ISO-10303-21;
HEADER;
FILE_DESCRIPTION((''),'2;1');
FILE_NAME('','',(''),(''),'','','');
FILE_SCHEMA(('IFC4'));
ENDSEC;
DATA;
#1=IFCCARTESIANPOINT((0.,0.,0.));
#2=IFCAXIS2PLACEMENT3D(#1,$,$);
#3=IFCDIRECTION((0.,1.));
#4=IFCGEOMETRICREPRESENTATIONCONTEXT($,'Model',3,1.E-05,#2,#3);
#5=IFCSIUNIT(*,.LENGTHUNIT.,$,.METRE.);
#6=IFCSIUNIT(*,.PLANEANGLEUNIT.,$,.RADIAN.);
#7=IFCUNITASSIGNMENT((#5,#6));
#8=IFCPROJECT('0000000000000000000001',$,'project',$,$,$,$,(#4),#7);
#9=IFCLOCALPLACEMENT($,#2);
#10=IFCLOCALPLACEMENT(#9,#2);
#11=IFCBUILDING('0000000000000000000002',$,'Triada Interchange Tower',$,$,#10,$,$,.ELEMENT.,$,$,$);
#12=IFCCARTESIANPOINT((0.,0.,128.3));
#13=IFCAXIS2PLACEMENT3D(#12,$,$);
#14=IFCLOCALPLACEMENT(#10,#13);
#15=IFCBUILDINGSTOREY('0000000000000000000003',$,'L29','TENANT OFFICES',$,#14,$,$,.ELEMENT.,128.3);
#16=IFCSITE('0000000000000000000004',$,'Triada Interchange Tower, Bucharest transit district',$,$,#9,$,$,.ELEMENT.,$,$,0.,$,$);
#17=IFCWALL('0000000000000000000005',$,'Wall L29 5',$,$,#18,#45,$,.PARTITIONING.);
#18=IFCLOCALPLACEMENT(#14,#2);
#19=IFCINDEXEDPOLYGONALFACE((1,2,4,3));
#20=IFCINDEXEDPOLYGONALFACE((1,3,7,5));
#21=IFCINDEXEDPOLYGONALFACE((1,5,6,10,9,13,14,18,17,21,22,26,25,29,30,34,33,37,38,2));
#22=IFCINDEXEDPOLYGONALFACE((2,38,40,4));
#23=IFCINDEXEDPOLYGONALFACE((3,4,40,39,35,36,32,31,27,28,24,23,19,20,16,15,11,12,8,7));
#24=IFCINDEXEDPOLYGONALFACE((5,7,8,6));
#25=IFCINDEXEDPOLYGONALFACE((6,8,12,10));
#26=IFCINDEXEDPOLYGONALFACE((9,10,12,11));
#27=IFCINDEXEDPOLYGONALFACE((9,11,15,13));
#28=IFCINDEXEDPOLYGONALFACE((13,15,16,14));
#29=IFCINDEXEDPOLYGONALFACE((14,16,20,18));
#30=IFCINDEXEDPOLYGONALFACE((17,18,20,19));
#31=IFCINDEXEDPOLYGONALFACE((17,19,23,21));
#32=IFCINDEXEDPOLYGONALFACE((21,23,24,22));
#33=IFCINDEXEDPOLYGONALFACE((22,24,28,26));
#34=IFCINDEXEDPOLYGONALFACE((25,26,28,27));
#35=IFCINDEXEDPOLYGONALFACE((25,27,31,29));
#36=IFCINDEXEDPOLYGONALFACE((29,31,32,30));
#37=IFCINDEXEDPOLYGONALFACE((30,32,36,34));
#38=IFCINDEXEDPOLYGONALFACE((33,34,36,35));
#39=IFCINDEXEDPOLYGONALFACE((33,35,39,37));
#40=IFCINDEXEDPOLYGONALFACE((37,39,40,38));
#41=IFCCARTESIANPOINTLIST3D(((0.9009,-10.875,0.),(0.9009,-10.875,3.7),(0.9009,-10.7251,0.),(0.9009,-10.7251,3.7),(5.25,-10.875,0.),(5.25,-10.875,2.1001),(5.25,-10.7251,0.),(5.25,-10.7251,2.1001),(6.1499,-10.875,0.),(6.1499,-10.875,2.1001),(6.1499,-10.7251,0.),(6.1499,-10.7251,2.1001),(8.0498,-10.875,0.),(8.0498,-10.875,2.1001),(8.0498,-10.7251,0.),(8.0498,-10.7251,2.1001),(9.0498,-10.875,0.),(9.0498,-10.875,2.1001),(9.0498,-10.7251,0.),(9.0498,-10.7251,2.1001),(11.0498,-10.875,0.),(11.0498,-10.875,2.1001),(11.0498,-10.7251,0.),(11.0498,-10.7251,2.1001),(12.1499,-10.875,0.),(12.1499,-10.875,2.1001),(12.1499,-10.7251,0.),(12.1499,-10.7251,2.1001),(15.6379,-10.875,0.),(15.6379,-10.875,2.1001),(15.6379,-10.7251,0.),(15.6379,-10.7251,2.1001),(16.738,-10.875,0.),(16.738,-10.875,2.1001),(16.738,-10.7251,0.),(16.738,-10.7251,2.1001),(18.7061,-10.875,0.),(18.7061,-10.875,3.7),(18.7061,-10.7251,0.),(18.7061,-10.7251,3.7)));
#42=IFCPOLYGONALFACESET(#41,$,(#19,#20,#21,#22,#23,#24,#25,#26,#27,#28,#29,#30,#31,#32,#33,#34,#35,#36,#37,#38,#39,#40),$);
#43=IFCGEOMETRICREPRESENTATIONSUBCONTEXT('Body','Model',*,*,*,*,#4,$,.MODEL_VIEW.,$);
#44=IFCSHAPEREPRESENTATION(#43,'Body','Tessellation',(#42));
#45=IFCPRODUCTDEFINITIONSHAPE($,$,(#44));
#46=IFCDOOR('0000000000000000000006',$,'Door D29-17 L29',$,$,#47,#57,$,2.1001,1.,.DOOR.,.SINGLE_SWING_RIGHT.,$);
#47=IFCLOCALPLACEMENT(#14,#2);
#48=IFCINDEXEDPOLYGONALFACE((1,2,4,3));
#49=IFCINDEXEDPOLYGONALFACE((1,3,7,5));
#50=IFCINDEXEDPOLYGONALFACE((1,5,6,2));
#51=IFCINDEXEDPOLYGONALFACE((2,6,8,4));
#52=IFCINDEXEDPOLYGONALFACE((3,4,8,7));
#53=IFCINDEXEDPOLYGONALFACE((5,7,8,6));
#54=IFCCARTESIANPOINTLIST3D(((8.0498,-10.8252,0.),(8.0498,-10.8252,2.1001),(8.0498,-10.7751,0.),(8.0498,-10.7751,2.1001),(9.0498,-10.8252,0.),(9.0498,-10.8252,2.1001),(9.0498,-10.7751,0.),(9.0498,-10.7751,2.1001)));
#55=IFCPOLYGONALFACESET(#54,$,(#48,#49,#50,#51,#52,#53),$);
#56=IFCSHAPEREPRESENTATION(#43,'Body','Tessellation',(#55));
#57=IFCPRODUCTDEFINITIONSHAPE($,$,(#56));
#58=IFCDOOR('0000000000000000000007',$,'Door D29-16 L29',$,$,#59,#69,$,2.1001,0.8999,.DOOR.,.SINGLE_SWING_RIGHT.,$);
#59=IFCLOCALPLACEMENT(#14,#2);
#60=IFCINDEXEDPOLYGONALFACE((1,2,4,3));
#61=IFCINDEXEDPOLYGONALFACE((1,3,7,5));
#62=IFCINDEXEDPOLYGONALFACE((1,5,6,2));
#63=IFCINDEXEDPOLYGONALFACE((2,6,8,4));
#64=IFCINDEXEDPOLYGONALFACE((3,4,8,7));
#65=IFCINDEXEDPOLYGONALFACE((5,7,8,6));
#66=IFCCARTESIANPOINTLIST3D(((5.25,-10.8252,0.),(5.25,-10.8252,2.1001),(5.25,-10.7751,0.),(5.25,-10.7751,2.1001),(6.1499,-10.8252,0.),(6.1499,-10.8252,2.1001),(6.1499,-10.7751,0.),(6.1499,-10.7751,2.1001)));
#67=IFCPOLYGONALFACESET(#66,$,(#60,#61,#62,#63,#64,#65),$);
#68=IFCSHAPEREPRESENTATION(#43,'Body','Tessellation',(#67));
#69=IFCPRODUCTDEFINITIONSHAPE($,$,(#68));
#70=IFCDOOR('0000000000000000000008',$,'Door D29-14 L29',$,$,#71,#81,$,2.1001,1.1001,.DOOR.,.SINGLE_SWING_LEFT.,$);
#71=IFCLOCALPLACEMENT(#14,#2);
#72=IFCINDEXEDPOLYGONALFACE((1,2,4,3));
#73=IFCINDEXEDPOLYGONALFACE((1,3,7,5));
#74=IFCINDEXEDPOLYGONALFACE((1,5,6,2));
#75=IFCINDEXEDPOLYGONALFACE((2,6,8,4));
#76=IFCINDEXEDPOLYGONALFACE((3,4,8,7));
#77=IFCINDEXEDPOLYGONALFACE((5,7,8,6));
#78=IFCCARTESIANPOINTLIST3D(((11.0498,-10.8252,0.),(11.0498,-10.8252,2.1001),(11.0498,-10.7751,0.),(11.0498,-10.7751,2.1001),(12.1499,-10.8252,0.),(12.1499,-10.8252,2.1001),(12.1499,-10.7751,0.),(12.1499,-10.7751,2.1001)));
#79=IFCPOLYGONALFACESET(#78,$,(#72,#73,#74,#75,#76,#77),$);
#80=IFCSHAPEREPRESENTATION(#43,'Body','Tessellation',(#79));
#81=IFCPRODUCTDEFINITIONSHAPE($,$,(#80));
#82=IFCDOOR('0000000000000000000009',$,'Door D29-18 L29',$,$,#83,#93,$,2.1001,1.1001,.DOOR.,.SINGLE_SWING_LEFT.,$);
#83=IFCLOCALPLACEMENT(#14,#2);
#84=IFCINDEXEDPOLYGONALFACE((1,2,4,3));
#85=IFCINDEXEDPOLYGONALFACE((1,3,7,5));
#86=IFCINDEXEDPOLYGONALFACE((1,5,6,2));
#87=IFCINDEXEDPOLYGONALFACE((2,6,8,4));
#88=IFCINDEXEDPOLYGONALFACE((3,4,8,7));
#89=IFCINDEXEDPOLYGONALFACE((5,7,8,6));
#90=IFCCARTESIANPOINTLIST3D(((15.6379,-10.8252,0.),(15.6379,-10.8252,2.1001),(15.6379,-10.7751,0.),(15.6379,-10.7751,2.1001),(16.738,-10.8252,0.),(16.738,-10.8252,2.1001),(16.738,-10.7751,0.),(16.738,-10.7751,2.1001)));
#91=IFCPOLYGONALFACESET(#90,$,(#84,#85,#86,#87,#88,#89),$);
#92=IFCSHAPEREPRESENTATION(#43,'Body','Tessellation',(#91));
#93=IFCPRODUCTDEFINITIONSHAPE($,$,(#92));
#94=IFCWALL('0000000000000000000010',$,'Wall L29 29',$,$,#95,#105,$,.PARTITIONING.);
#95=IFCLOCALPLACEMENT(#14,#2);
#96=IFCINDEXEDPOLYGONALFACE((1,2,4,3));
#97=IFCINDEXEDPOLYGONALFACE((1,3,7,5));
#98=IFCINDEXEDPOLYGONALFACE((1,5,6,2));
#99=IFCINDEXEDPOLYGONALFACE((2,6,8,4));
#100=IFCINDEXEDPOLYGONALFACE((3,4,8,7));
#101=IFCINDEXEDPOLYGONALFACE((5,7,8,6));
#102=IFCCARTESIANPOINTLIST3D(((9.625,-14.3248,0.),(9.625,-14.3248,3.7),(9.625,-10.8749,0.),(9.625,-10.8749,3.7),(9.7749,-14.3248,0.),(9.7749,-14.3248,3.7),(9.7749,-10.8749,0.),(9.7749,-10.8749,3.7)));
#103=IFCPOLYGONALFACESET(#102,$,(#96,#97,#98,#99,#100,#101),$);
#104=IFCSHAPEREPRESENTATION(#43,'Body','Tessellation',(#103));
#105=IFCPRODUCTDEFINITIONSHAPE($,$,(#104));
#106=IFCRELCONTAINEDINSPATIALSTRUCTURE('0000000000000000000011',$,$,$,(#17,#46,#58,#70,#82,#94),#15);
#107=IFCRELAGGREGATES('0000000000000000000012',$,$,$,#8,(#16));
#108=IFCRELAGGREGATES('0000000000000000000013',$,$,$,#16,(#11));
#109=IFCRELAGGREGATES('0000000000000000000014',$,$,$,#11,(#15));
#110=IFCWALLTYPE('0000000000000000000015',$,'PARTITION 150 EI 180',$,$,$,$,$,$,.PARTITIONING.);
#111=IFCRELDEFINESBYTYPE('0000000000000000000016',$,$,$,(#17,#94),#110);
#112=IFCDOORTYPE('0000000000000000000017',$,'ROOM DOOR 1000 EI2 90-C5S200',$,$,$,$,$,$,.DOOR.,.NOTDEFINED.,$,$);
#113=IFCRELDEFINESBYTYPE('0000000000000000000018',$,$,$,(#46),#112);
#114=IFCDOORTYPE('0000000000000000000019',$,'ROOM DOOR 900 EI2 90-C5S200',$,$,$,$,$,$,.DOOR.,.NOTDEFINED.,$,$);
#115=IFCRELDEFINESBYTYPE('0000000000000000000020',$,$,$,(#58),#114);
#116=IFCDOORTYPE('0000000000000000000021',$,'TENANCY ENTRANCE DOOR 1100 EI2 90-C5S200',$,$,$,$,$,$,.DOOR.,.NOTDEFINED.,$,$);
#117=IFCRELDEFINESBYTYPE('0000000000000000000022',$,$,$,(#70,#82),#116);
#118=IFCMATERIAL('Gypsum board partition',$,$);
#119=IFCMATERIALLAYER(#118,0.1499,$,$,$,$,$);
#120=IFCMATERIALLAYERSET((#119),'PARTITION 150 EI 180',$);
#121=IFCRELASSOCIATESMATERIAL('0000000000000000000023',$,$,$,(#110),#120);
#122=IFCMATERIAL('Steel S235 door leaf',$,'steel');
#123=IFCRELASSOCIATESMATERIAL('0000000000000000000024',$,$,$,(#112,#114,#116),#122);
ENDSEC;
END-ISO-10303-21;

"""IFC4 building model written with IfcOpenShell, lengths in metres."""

from ifc_helpers import new_model, si_unit, direction, frame, frame_2d, origin, place, context, subcontext, project, spatial, rectangle, extrude, material, layer, layer_set, type_object, element, fill, save


model = new_model("IFC4")

# Units and contexts
model_context = context("Model", 3, precision=1e-05, world=origin(), true_north=direction((0.0, 1.0)))
body_context = subcontext(model_context, "Body", "Model", "MODEL_VIEW")
ifc_project = project(units=[si_unit("LENGTHUNIT", "METRE"), si_unit("PLANEANGLEUNIT", "RADIAN")], contexts=[model_context])

# Site, building, storey
site_placement = place(None, origin())
site = spatial("IfcSite", under=ifc_project, at=site_placement, Name="Triada Interchange Tower, Bucharest transit district", CompositionType="ELEMENT", RefElevation=0.0)
building_placement = place(site_placement, origin())
building = spatial("IfcBuilding", under=site, at=building_placement, Name="Triada Interchange Tower", CompositionType="ELEMENT")
storey_placement = place(building_placement, frame((0.0, 0.0, 128.3)))
storey = spatial("IfcBuildingStorey", under=building, at=storey_placement, Name="L29", Description="TENANT OFFICES", CompositionType="ELEMENT", Elevation=128.3)

# Shared definitions
ifc_material_1 = material(Name="Steel S235 door leaf", Category="steel")

# Wall, openings, doors
ifc_material_2 = material(Name="Gypsum board partition")
ifc_layer_1 = layer(ifc_material_2, 0.1499)
ifc_layer_set_1 = layer_set([ifc_layer_1], Name="PARTITION 150 EI 180")
wall_type_1 = type_object("IfcWallType", Name="PARTITION 150 EI 180", PredefinedType="PARTITIONING", material=ifc_layer_set_1)
wall_1_placement = place(storey_placement, frame((0.9009, -10.8, 0.0), z_axis=(0.0, 0.0, 1.0), x_axis=(1.0, 0.0, 0.0)))
wall_1 = element("IfcWall", 1, at=wall_1_placement, inside=storey, type_object=wall_type_1, Name="Wall L29 5", PredefinedType="PARTITIONING", context=body_context, shape_type="SweptSolid", body=[
    extrude(rectangle(XDim=17.8052, YDim=0.1499, at=frame_2d((8.9026, 0.0))), origin(), (0.0, 0.0, 1.0), 3.7),
])
opening_1_placement = place(wall_1_placement, frame((10.1489, 0.0, 0.0)))
opening_1 = element("IfcOpeningElement", 2, at=opening_1_placement, cuts=wall_1, PredefinedType="OPENING", context=body_context, shape_type="SweptSolid", body=[
    extrude(rectangle(XDim=1.1001, YDim=2.1001, at=frame_2d((0.55, 1.05))), frame((0.0, 0.085, 0.0), z_axis=(0.0, -1.0, 0.0), x_axis=(1.0, 0.0, 0.0)), (0.0, 0.0, 1.0), 0.1699),
])
opening_2_placement = place(wall_1_placement, frame((4.3491, 0.0, 0.0)))
opening_2 = element("IfcOpeningElement", 3, at=opening_2_placement, cuts=wall_1, PredefinedType="OPENING", context=body_context, shape_type="SweptSolid", body=[
    extrude(rectangle(XDim=0.8999, YDim=2.1001, at=frame_2d((0.45, 1.05))), frame((0.0, 0.085, 0.0), z_axis=(0.0, -1.0, 0.0), x_axis=(1.0, 0.0, 0.0)), (0.0, 0.0, 1.0), 0.1699),
])
opening_3_placement = place(wall_1_placement, frame((7.1489, 0.0, 0.0)))
opening_3 = element("IfcOpeningElement", 4, at=opening_3_placement, cuts=wall_1, PredefinedType="OPENING", context=body_context, shape_type="SweptSolid", body=[
    extrude(rectangle(XDim=1.0, YDim=2.1001, at=frame_2d((0.5, 1.05))), frame((0.0, 0.085, 0.0), z_axis=(0.0, -1.0, 0.0), x_axis=(1.0, 0.0, 0.0)), (0.0, 0.0, 1.0), 0.1699),
])
opening_4_placement = place(wall_1_placement, frame((14.7371, 0.0, 0.0)))
opening_4 = element("IfcOpeningElement", 5, at=opening_4_placement, cuts=wall_1, PredefinedType="OPENING", context=body_context, shape_type="SweptSolid", body=[
    extrude(rectangle(XDim=1.1001, YDim=2.1001, at=frame_2d((0.55, 1.05))), frame((0.0, 0.085, 0.0), z_axis=(0.0, -1.0, 0.0), x_axis=(1.0, 0.0, 0.0)), (0.0, 0.0, 1.0), 0.1699),
])
door_type_1 = type_object("IfcDoorType", Name="ROOM DOOR 1000 EI2 90-C5S200", OperationType="NOTDEFINED", PredefinedType="DOOR", material=ifc_material_1)
door_1_placement = place(opening_3_placement, origin())
door_1 = element("IfcDoor", 6, at=door_1_placement, inside=storey, type_object=door_type_1, Name="Door D29-17 L29", OperationType="SINGLE_SWING_RIGHT", OverallHeight=2.1001, OverallWidth=1.0, PredefinedType="DOOR", context=body_context, shape_type="SweptSolid", body=[
    extrude(rectangle(XDim=1.0, YDim=2.1001, at=frame_2d((0.5, 1.05))), frame((0.0, 0.0249, 0.0), z_axis=(0.0, -1.0, 0.0), x_axis=(1.0, 0.0, 0.0)), (0.0, 0.0, 1.0), 0.05),
])
fill(opening_3, door_1)
door_type_2 = type_object("IfcDoorType", Name="ROOM DOOR 900 EI2 90-C5S200", OperationType="NOTDEFINED", PredefinedType="DOOR", material=ifc_material_1)
door_2_placement = place(opening_2_placement, origin())
door_2 = element("IfcDoor", 7, at=door_2_placement, inside=storey, type_object=door_type_2, Name="Door D29-16 L29", OperationType="SINGLE_SWING_RIGHT", OverallHeight=2.1001, OverallWidth=0.8999, PredefinedType="DOOR", context=body_context, shape_type="SweptSolid", body=[
    extrude(rectangle(XDim=0.8999, YDim=2.1001, at=frame_2d((0.45, 1.05))), frame((0.0, 0.0249, 0.0), z_axis=(0.0, -1.0, 0.0), x_axis=(1.0, 0.0, 0.0)), (0.0, 0.0, 1.0), 0.05),
])
fill(opening_2, door_2)
door_type_3 = type_object("IfcDoorType", Name="TENANCY ENTRANCE DOOR 1100 EI2 90-C5S200", OperationType="NOTDEFINED", PredefinedType="DOOR", material=ifc_material_1)
door_3_placement = place(opening_1_placement, origin())
door_3 = element("IfcDoor", 8, at=door_3_placement, inside=storey, type_object=door_type_3, Name="Door D29-14 L29", OperationType="SINGLE_SWING_LEFT", OverallHeight=2.1001, OverallWidth=1.1001, PredefinedType="DOOR", context=body_context, shape_type="SweptSolid", body=[
    extrude(rectangle(XDim=1.1001, YDim=2.1001, at=frame_2d((0.55, 1.05))), frame((0.0, 0.0249, 0.0), z_axis=(0.0, -1.0, 0.0), x_axis=(1.0, 0.0, 0.0)), (0.0, 0.0, 1.0), 0.05),
])
fill(opening_1, door_3)
door_4_placement = place(opening_4_placement, origin())
door_4 = element("IfcDoor", 9, at=door_4_placement, inside=storey, type_object=door_type_3, Name="Door D29-18 L29", OperationType="SINGLE_SWING_LEFT", OverallHeight=2.1001, OverallWidth=1.1001, PredefinedType="DOOR", context=body_context, shape_type="SweptSolid", body=[
    extrude(rectangle(XDim=1.1001, YDim=2.1001, at=frame_2d((0.55, 1.05))), frame((0.0, 0.0249, 0.0), z_axis=(0.0, -1.0, 0.0), x_axis=(1.0, 0.0, 0.0)), (0.0, 0.0, 1.0), 0.05),
])
fill(opening_4, door_4)

# Wall
wall_2_placement = place(storey_placement, frame((9.7, -14.325, 0.0), z_axis=(0.0, 0.0, 1.0), x_axis=(0.0, 1.0, 0.0)))
element("IfcWall", 10, at=wall_2_placement, inside=storey, type_object=wall_type_1, Name="Wall L29 29", PredefinedType="PARTITIONING", context=body_context, shape_type="SweptSolid", body=[
    extrude(rectangle(XDim=3.45, YDim=0.1499, at=frame_2d((1.7251, 0.0))), origin(), (0.0, 0.0, 1.0), 3.7),
])

save(model, "model.ifc")
